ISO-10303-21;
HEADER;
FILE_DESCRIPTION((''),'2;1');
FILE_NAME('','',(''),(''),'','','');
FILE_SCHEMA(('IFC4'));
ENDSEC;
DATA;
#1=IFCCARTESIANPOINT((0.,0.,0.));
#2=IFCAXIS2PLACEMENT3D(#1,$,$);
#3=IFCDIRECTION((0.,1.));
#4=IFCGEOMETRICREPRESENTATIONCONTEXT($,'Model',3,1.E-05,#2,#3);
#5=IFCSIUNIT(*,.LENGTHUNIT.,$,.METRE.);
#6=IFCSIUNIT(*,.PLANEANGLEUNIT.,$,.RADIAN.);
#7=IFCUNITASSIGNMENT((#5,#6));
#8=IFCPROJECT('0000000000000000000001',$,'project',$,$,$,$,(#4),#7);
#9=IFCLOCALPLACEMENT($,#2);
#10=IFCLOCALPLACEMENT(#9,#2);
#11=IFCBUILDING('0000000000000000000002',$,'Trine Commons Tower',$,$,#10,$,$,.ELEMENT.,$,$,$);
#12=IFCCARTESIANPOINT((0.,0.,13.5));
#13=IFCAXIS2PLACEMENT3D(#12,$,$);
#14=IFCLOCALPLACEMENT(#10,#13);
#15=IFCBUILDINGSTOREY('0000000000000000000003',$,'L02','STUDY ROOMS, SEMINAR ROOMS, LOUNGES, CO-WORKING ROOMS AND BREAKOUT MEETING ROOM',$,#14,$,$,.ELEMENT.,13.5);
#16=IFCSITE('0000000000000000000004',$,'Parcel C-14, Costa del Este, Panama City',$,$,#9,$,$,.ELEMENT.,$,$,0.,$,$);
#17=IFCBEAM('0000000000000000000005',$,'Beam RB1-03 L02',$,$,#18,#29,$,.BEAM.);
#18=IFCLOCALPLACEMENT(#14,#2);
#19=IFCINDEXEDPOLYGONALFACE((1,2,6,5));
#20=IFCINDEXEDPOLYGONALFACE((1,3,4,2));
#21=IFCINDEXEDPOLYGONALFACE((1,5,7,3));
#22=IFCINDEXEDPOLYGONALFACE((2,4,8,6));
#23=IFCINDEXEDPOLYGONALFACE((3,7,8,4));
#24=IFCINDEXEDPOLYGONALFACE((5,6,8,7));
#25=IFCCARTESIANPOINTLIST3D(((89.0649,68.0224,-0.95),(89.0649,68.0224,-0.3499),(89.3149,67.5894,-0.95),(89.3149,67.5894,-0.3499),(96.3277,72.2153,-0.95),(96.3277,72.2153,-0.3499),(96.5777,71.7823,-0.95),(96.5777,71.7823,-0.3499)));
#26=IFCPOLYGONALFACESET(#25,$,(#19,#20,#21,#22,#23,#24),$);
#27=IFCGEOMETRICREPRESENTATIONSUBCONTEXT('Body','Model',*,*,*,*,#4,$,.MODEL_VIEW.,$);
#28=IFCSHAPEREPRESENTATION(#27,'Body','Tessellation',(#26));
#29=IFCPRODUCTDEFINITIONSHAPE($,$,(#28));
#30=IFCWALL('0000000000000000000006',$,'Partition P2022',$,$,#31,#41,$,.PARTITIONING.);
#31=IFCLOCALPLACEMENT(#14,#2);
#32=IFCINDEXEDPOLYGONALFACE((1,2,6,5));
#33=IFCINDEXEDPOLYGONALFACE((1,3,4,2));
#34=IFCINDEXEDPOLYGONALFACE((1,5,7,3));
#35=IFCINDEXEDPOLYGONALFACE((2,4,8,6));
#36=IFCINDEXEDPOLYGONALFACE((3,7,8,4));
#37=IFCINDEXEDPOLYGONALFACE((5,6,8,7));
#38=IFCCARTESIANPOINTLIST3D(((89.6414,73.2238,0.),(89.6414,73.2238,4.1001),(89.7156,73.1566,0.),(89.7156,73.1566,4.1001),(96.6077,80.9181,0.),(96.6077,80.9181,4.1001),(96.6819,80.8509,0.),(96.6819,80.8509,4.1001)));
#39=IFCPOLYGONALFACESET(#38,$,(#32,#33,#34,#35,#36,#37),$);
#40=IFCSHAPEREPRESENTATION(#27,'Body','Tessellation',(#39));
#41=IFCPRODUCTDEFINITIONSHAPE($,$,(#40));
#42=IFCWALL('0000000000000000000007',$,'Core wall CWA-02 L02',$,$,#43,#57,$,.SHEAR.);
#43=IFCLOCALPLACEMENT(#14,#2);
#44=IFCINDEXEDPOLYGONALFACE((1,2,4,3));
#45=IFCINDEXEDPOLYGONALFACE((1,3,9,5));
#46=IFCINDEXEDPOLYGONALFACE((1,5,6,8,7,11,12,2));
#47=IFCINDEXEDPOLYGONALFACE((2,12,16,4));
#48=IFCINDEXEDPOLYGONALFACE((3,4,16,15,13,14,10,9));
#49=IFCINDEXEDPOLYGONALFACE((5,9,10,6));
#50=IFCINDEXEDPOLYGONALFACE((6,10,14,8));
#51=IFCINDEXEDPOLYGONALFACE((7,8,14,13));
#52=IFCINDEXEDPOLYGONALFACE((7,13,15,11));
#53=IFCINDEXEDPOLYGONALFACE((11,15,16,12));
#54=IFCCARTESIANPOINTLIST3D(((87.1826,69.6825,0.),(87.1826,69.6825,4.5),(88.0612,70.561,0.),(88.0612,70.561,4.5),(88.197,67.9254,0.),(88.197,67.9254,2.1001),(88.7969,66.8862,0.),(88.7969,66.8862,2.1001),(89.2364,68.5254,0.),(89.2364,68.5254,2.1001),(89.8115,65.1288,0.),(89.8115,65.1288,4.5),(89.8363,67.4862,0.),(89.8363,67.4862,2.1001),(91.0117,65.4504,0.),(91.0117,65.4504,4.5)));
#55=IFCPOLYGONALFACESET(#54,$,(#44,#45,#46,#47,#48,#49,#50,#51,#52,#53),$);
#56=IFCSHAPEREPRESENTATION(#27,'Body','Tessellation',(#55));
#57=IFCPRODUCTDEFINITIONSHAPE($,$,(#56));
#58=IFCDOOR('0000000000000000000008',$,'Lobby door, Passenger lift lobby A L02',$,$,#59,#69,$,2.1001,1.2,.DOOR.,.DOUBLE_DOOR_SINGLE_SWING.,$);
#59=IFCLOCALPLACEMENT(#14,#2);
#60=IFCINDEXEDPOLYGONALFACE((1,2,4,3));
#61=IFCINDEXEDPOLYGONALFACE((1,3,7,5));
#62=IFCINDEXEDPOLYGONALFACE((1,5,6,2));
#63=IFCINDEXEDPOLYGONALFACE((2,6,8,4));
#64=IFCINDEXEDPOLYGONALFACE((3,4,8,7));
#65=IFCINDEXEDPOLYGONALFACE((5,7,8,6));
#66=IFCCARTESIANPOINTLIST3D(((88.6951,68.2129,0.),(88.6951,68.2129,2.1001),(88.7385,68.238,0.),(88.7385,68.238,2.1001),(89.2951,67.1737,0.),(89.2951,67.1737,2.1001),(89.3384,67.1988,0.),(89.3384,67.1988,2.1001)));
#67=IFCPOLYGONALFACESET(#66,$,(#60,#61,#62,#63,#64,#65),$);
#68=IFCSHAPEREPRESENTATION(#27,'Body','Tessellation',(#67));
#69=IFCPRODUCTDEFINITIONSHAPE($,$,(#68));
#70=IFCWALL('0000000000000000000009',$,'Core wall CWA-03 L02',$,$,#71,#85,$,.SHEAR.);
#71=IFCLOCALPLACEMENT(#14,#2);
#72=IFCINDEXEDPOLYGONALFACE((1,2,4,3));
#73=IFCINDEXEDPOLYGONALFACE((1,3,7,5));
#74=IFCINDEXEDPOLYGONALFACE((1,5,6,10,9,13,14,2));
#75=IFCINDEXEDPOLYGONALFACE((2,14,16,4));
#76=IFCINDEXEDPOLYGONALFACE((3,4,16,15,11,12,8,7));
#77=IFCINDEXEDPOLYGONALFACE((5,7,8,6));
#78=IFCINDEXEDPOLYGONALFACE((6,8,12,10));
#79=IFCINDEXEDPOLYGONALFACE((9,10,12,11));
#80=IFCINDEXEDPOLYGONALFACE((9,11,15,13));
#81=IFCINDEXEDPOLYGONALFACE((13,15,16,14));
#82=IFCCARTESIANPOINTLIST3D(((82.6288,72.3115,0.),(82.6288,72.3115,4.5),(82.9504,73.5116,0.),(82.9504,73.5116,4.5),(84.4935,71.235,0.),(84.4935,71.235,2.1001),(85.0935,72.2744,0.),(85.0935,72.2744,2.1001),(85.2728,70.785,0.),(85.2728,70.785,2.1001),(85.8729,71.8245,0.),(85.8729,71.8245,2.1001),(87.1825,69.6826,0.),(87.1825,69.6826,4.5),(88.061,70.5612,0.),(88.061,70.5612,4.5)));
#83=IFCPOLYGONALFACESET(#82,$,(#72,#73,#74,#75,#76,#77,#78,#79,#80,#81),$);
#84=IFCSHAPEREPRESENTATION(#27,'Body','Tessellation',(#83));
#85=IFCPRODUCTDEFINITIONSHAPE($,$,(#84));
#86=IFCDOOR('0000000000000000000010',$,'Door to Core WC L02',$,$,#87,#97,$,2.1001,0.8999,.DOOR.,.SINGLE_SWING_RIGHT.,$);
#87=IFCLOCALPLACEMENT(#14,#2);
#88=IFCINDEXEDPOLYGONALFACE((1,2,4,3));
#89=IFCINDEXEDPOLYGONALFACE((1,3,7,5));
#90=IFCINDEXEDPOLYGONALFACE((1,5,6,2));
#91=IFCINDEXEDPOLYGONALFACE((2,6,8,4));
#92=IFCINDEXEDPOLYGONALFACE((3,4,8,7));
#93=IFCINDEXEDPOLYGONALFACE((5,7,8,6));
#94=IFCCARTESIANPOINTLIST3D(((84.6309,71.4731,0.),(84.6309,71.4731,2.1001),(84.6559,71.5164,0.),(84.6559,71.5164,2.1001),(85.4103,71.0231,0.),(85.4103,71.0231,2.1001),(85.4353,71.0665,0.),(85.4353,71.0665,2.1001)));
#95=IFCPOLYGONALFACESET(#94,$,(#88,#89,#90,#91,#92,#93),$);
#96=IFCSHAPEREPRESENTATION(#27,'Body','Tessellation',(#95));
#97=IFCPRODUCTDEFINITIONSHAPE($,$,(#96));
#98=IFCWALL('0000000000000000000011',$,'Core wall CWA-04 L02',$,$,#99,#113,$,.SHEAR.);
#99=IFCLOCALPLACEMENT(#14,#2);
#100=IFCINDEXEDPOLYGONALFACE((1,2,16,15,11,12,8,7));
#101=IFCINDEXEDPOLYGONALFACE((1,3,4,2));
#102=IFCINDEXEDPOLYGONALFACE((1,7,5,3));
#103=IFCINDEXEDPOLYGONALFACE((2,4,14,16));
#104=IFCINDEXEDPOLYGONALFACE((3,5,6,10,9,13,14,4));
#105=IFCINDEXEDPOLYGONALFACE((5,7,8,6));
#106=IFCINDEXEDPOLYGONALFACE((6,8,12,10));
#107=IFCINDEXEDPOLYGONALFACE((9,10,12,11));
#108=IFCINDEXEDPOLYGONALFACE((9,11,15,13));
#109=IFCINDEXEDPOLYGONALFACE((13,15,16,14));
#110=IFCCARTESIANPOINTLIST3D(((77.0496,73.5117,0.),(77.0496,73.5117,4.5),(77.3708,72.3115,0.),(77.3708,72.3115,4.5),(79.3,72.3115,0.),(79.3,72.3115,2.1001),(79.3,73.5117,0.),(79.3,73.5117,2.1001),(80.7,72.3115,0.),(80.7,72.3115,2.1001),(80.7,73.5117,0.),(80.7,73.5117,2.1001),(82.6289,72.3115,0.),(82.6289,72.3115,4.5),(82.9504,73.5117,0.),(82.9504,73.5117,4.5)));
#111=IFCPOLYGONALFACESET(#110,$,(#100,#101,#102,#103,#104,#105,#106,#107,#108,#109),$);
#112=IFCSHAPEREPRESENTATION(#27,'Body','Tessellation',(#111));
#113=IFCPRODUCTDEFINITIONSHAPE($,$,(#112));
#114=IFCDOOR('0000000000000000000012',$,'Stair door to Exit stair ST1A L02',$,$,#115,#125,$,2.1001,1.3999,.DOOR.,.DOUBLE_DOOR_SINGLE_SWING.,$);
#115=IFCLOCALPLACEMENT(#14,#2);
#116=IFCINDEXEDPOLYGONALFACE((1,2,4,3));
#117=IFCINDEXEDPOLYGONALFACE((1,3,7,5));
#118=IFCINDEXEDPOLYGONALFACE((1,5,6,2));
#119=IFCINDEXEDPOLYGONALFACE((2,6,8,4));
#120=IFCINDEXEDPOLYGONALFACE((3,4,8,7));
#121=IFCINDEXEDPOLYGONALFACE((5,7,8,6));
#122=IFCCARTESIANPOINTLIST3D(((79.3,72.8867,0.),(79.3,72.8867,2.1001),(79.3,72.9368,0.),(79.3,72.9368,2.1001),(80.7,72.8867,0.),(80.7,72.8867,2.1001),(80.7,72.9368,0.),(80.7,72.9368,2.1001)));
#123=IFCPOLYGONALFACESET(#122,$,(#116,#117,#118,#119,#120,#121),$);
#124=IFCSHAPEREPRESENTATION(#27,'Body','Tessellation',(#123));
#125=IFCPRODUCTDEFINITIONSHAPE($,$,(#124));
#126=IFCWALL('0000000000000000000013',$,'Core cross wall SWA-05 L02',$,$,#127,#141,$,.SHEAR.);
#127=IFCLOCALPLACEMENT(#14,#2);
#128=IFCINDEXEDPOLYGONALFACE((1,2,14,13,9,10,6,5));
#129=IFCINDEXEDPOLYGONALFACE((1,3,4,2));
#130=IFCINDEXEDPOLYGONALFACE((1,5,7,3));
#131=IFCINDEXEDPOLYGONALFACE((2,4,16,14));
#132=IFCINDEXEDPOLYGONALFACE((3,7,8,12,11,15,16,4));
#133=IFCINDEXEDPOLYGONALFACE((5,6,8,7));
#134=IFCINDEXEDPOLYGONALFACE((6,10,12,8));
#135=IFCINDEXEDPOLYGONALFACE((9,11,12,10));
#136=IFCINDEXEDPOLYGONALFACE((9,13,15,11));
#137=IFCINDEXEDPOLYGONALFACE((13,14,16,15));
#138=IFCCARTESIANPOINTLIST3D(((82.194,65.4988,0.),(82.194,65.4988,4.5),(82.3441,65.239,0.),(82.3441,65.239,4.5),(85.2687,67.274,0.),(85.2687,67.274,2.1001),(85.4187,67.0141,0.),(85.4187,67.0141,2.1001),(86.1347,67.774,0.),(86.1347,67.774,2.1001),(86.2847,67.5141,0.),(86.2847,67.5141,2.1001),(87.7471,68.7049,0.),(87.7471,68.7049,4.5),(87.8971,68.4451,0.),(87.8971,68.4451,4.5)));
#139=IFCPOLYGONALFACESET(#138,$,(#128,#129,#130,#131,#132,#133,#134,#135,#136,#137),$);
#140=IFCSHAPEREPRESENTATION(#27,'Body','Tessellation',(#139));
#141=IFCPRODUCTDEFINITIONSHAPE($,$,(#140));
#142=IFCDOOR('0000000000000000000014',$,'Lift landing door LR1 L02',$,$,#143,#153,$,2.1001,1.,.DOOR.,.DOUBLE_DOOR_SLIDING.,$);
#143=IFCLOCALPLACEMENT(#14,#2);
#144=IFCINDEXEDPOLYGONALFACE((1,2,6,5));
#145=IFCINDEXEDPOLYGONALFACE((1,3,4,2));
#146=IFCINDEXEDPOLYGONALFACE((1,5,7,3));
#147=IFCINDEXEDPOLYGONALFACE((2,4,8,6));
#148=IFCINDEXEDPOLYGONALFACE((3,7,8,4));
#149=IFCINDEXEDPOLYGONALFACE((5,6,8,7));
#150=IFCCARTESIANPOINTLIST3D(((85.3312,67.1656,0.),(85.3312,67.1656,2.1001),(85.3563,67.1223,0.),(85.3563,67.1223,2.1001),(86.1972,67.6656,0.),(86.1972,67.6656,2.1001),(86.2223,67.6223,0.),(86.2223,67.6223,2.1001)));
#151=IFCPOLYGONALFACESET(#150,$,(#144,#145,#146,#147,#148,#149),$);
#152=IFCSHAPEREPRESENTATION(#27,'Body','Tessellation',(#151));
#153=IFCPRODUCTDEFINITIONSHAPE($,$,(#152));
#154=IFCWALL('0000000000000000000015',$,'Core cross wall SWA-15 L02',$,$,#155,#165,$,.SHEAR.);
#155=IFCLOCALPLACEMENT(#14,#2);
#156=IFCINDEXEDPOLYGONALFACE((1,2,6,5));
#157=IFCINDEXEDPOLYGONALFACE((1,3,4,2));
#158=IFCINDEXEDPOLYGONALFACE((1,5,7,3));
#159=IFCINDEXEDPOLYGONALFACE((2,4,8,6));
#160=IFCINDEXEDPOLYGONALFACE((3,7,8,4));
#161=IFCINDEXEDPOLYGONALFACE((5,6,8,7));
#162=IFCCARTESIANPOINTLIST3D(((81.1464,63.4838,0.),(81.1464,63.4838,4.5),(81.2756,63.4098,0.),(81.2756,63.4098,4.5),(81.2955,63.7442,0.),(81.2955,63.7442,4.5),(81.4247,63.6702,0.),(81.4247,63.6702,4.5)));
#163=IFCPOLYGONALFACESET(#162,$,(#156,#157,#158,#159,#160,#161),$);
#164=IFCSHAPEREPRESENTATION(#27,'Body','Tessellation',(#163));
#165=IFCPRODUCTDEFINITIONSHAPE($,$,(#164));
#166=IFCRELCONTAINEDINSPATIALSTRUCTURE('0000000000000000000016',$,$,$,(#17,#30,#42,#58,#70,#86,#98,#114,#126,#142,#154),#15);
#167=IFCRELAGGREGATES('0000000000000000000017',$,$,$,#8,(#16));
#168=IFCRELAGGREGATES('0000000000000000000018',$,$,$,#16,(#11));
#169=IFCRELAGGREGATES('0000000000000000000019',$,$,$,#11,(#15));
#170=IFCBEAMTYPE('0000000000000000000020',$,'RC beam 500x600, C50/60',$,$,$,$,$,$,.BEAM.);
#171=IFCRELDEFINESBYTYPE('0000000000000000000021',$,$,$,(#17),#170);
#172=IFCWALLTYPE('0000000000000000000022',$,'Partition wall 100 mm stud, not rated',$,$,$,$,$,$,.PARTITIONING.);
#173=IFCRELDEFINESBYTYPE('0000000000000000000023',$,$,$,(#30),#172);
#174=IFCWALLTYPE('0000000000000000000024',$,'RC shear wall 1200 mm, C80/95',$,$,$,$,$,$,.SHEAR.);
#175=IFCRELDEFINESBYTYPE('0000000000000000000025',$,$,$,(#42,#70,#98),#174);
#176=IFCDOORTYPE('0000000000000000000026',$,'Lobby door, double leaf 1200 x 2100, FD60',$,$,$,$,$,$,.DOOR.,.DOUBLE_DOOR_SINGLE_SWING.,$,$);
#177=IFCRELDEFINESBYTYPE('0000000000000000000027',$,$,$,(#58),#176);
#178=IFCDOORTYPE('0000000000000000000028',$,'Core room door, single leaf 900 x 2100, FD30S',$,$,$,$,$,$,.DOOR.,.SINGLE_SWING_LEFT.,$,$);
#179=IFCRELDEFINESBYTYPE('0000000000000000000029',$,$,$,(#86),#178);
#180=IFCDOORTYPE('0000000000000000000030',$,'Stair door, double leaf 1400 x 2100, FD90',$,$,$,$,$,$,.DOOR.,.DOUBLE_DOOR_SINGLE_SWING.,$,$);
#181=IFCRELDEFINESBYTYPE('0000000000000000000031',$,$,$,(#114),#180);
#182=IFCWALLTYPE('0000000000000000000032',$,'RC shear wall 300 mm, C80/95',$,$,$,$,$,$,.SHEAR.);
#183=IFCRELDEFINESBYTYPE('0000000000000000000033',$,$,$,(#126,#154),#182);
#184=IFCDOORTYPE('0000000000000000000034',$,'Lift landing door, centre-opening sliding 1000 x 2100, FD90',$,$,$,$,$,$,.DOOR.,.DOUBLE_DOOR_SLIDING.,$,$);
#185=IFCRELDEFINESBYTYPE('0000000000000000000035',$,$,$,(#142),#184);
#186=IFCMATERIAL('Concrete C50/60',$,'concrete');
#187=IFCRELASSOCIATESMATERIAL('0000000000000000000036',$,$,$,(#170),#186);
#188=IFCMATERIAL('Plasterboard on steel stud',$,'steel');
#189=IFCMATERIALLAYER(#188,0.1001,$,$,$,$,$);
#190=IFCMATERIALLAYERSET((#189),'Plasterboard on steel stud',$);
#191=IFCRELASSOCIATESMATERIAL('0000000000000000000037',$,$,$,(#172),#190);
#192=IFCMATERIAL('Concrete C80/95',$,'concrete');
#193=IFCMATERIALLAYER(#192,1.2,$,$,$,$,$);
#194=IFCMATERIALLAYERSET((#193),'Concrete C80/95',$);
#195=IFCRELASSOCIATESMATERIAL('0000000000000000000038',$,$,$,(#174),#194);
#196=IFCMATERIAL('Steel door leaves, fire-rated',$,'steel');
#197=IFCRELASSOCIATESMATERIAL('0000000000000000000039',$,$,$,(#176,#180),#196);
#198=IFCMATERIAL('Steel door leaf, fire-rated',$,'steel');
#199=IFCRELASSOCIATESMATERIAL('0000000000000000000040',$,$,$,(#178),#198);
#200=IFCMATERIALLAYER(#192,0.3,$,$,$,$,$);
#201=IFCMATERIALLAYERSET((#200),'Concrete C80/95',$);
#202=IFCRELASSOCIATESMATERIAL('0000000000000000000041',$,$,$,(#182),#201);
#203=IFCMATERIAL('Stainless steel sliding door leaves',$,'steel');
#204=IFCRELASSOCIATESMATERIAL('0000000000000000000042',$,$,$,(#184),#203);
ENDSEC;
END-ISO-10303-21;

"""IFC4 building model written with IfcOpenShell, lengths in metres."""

from ifc_helpers import new_model, si_unit, direction, frame, frame_2d, origin, origin_2d, place, context, subcontext, project, spatial, polyline, rectangle, outline, extrude, material, layer, layer_set, material_profile, profile_set, type_object, element, fill, save


model = new_model("IFC4")

# Units and contexts
model_context = context("Model", 3, precision=1e-05, world=origin(), true_north=direction((0.0, 1.0)))
body_context = subcontext(model_context, "Body", "Model", "MODEL_VIEW")
ifc_project = project(units=[si_unit("LENGTHUNIT", "METRE"), si_unit("PLANEANGLEUNIT", "RADIAN")], contexts=[model_context])

# Site, building, storey
site_placement = place(None, origin())
site = spatial("IfcSite", under=ifc_project, at=site_placement, Name="Parcel C-14, Costa del Este, Panama City", CompositionType="ELEMENT", RefElevation=0.0)
building_placement = place(site_placement, origin())
building = spatial("IfcBuilding", under=site, at=building_placement, Name="Trine Commons Tower", CompositionType="ELEMENT")
storey_placement = place(building_placement, frame((0.0, 0.0, 13.5)))
storey = spatial("IfcBuildingStorey", under=building, at=storey_placement, Name="L02", Description="STUDY ROOMS, SEMINAR ROOMS, LOUNGES, CO-WORKING ROOMS AND BREAKOUT MEETING ROOM", CompositionType="ELEMENT", Elevation=13.5)

# Beam
ifc_material_1 = material(Name="Concrete C50/60", Category="concrete")
ifc_material_profile = material_profile(ifc_material_1, rectangle(XDim=0.5, YDim=0.6001, at=origin_2d()), Name="RC 500x600")
ifc_profile_set = profile_set([ifc_material_profile], Name="Concrete C50/60")
beam_type = type_object("IfcBeamType", Name="RC beam 500x600, C50/60", PredefinedType="BEAM", material=ifc_profile_set)
beam_placement = place(storey_placement, frame((89.1899, 67.8059, -0.6499), z_axis=(0.866038, 0.499978, 0.0), x_axis=(-0.499978, 0.866038, 0.0)))
element("IfcBeam", 1, at=beam_placement, inside=storey, type_object=beam_type, Name="Beam RB1-03 L02", PredefinedType="BEAM", context=body_context, shape_type="SweptSolid", body=[
    extrude(rectangle(XDim=0.5, YDim=0.6001, at=origin_2d()), origin(), (0.0, 0.0, 1.0), 8.3862),
])

# Wall
ifc_material_2 = material(Name="Plasterboard on steel stud", Category="steel")
ifc_layer_1 = layer(ifc_material_2, 0.1001)
ifc_layer_set_1 = layer_set([ifc_layer_1], Name="Plasterboard on steel stud")
wall_type_1 = type_object("IfcWallType", Name="Partition wall 100 mm stud, not rated", PredefinedType="PARTITIONING", material=ifc_layer_set_1)
wall_1_placement = place(storey_placement, frame((89.6785, 73.1902, 0.0), z_axis=(0.0, 0.0, 1.0), x_axis=(0.671166, 0.741307, 0.0)))
element("IfcWall", 2, at=wall_1_placement, inside=storey, type_object=wall_type_1, Name="Partition P2022", PredefinedType="PARTITIONING", context=body_context, shape_type="SweptSolid", body=[
    extrude(rectangle(XDim=10.3794, YDim=0.1001, at=frame_2d((5.1897, 0.0))), origin(), (0.0, 0.0, 1.0), 4.1001),
])

# Walls, openings, doors
ifc_material_3 = material(Name="Concrete C80/95", Category="concrete")
ifc_layer_2 = layer(ifc_material_3, 1.2)
ifc_layer_set_2 = layer_set([ifc_layer_2], Name="Concrete C80/95")
wall_type_2 = type_object("IfcWallType", Name="RC shear wall 1200 mm, C80/95", PredefinedType="SHEAR", material=ifc_layer_set_2)
wall_2_placement = place(storey_placement, frame((90.4919, 65.1504, 0.0), z_axis=(0.0, 0.0, 1.0), x_axis=(-0.499979, 0.866037, 0.0)))
wall_2 = element("IfcWall", 3, at=wall_2_placement, inside=storey, type_object=wall_type_2, Name="Core wall CWA-02 L02", PredefinedType="SHEAR", context=body_context, shape_type="SweptSolid", body=[
    extrude(outline(polyline([(0.0, -0.6001), (5.9011, -0.6001), (5.5796, 0.6001), (0.3215, 0.6001), (0.0, -0.6001)])), origin(), (0.0, 0.0, 1.0), 4.5),
])
opening_1_placement = place(wall_2_placement, frame((2.3506, 0.0, 0.0)))
opening_1 = element("IfcOpeningElement", 4, at=opening_1_placement, cuts=wall_2, PredefinedType="OPENING", context=body_context, shape_type="SweptSolid", body=[
    extrude(rectangle(XDim=1.2, YDim=2.1001, at=frame_2d((0.6001, 1.05))), frame((0.0, 0.6099, 0.0), z_axis=(0.0, -1.0, 0.0), x_axis=(1.0, 0.0, 0.0)), (0.0, 0.0, 1.0), 1.22),
])
ifc_material_4 = material(Name="Steel door leaves, fire-rated", Category="steel")
door_type_1 = type_object("IfcDoorType", Name="Lobby door, double leaf 1200 x 2100, FD60", OperationType="DOUBLE_DOOR_SINGLE_SWING", PredefinedType="DOOR", material=ifc_material_4)
door_1_placement = place(opening_1_placement, origin())
door_1 = element("IfcDoor", 5, at=door_1_placement, inside=storey, type_object=door_type_1, Name="Lobby door, Passenger lift lobby A L02", OperationType="DOUBLE_DOOR_SINGLE_SWING", OverallHeight=2.1001, OverallWidth=1.2, PredefinedType="DOOR", context=body_context, shape_type="SweptSolid", body=[
    extrude(rectangle(XDim=1.2, YDim=2.1001, at=frame_2d((0.6001, 1.05))), frame((0.0, 0.0249, 0.0), z_axis=(0.0, -1.0, 0.0), x_axis=(1.0, 0.0, 0.0)), (0.0, 0.0, 1.0), 0.05),
])
fill(opening_1, door_1)
wall_3_placement = place(storey_placement, frame((87.761, 70.0415, 0.0), z_axis=(0.0, 0.0, 1.0), x_axis=(-0.866037, 0.499979, 0.0)))
wall_3 = element("IfcWall", 6, at=wall_3_placement, inside=storey, type_object=wall_type_2, Name="Core wall CWA-03 L02", PredefinedType="SHEAR", context=body_context, shape_type="SweptSolid", body=[
    extrude(outline(polyline([(0.0, -0.6001), (5.9011, -0.6001), (5.5796, 0.6001), (0.3215, 0.6001), (0.0, -0.6001)])), origin(), (0.0, 0.0, 1.0), 4.5),
])
opening_2_placement = place(wall_3_placement, frame((2.5266, 0.0, 0.0)))
opening_2 = element("IfcOpeningElement", 7, at=opening_2_placement, cuts=wall_3, PredefinedType="OPENING", context=body_context, shape_type="SweptSolid", body=[
    extrude(rectangle(XDim=0.8999, YDim=2.1001, at=frame_2d((0.45, 1.05))), frame((0.0, 0.6099, 0.0), z_axis=(0.0, -1.0, 0.0), x_axis=(1.0, 0.0, 0.0)), (0.0, 0.0, 1.0), 1.22),
])
ifc_material_5 = material(Name="Steel door leaf, fire-rated", Category="steel")
door_type_2 = type_object("IfcDoorType", Name="Core room door, single leaf 900 x 2100, FD30S", OperationType="SINGLE_SWING_LEFT", PredefinedType="DOOR", material=ifc_material_5)
door_2_placement = place(opening_2_placement, origin())
door_2 = element("IfcDoor", 8, at=door_2_placement, inside=storey, type_object=door_type_2, Name="Door to Core WC L02", OperationType="SINGLE_SWING_RIGHT", OverallHeight=2.1001, OverallWidth=0.8999, PredefinedType="DOOR", context=body_context, shape_type="SweptSolid", body=[
    extrude(rectangle(XDim=0.8999, YDim=2.1001, at=frame_2d((0.45, 1.05))), frame((0.0, 0.3252, 0.0), z_axis=(0.0, -1.0, 0.0), x_axis=(1.0, 0.0, 0.0)), (0.0, 0.0, 1.0), 0.05),
])
fill(opening_2, door_2)
wall_4_placement = place(storey_placement, frame((82.9504, 72.9116, 0.0), z_axis=(0.0, 0.0, 1.0), x_axis=(-1.0, 0.0, 0.0)))
wall_4 = element("IfcWall", 9, at=wall_4_placement, inside=storey, type_object=wall_type_2, Name="Core wall CWA-04 L02", PredefinedType="SHEAR", context=body_context, shape_type="SweptSolid", body=[
    extrude(outline(polyline([(0.0, -0.6001), (5.9009, -0.6001), (5.5796, 0.6001), (0.3215, 0.6001), (0.0, -0.6001)])), origin(), (0.0, 0.0, 1.0), 4.5),
])
opening_3_placement = place(wall_4_placement, frame((2.2505, 0.0, 0.0)))
opening_3 = element("IfcOpeningElement", 10, at=opening_3_placement, cuts=wall_4, PredefinedType="OPENING", context=body_context, shape_type="SweptSolid", body=[
    extrude(rectangle(XDim=1.3999, YDim=2.1001, at=frame_2d((0.7, 1.05))), frame((0.0, 0.6099, 0.0), z_axis=(0.0, -1.0, 0.0), x_axis=(1.0, 0.0, 0.0)), (0.0, 0.0, 1.0), 1.22),
])
door_type_3 = type_object("IfcDoorType", Name="Stair door, double leaf 1400 x 2100, FD90", OperationType="DOUBLE_DOOR_SINGLE_SWING", PredefinedType="DOOR", material=ifc_material_4)
door_3_placement = place(opening_3_placement, origin())
door_3 = element("IfcDoor", 11, at=door_3_placement, inside=storey, type_object=door_type_3, Name="Stair door to Exit stair ST1A L02", OperationType="DOUBLE_DOOR_SINGLE_SWING", OverallHeight=2.1001, OverallWidth=1.3999, PredefinedType="DOOR", context=body_context, shape_type="SweptSolid", body=[
    extrude(rectangle(XDim=1.3999, YDim=2.1001, at=frame_2d((0.7, 1.05))), frame((0.0, 0.0249, 0.0), z_axis=(0.0, -1.0, 0.0), x_axis=(1.0, 0.0, 0.0)), (0.0, 0.0, 1.0), 0.05),
])
fill(opening_3, door_3)
ifc_layer_3 = layer(ifc_material_3, 0.3)
ifc_layer_set_3 = layer_set([ifc_layer_3], Name="Concrete C80/95")
wall_type_3 = type_object("IfcWallType", Name="RC shear wall 300 mm, C80/95", PredefinedType="SHEAR", material=ifc_layer_set_3)
wall_5_placement = place(storey_placement, frame((82.269, 65.3689, 0.0), z_axis=(0.0, 0.0, 1.0), x_axis=(0.866023, 0.500005, 0.0)))
wall_5 = element("IfcWall", 12, at=wall_5_placement, inside=storey, type_object=wall_type_3, Name="Core cross wall SWA-05 L02", PredefinedType="SHEAR", context=body_context, shape_type="SweptSolid", body=[
    extrude(rectangle(XDim=6.4121, YDim=0.3, at=frame_2d((3.2061, 0.0))), origin(), (0.0, 0.0, 1.0), 4.5),
])
opening_4_placement = place(wall_5_placement, frame((3.5503, 0.0, 0.0)))
opening_4 = element("IfcOpeningElement", 13, at=opening_4_placement, cuts=wall_5, PredefinedType="OPENING", context=body_context, shape_type="SweptSolid", body=[
    extrude(rectangle(XDim=1.0, YDim=2.1001, at=frame_2d((0.5, 1.05))), frame((0.0, 0.1599, 0.0), z_axis=(0.0, -1.0, 0.0), x_axis=(1.0, 0.0, 0.0)), (0.0, 0.0, 1.0), 0.3201),
])
ifc_material_6 = material(Name="Stainless steel sliding door leaves", Category="steel")
door_type_4 = type_object("IfcDoorType", Name="Lift landing door, centre-opening sliding 1000 x 2100, FD90", OperationType="DOUBLE_DOOR_SLIDING", PredefinedType="DOOR", material=ifc_material_6)
door_4_placement = place(opening_4_placement, origin())
door_4 = element("IfcDoor", 14, at=door_4_placement, inside=storey, type_object=door_type_4, Name="Lift landing door LR1 L02", OperationType="DOUBLE_DOOR_SLIDING", OverallHeight=2.1001, OverallWidth=1.0, PredefinedType="DOOR", context=body_context, shape_type="SweptSolid", body=[
    extrude(rectangle(XDim=1.0, YDim=2.1001, at=frame_2d((0.5, 1.05))), frame((0.0, 0.0249, 0.0), z_axis=(0.0, -1.0, 0.0), x_axis=(1.0, 0.0, 0.0)), (0.0, 0.0, 1.0), 0.05),
])
fill(opening_4, door_4)

# Wall
wall_6_placement = place(storey_placement, frame((81.2209, 63.614, 0.0), z_axis=(0.0, 0.0, 1.0), x_axis=(0.867738, -0.497022, 0.0)))
element("IfcWall", 15, at=wall_6_placement, inside=storey, type_object=wall_type_3, Name="Core cross wall SWA-15 L02", PredefinedType="SHEAR", context=body_context, shape_type="SweptSolid", body=[
    extrude(rectangle(XDim=0.1489, YDim=0.3, at=frame_2d((0.0745, 0.0))), origin(), (0.0, 0.0, 1.0), 4.5),
])

save(model, "model.ifc")
